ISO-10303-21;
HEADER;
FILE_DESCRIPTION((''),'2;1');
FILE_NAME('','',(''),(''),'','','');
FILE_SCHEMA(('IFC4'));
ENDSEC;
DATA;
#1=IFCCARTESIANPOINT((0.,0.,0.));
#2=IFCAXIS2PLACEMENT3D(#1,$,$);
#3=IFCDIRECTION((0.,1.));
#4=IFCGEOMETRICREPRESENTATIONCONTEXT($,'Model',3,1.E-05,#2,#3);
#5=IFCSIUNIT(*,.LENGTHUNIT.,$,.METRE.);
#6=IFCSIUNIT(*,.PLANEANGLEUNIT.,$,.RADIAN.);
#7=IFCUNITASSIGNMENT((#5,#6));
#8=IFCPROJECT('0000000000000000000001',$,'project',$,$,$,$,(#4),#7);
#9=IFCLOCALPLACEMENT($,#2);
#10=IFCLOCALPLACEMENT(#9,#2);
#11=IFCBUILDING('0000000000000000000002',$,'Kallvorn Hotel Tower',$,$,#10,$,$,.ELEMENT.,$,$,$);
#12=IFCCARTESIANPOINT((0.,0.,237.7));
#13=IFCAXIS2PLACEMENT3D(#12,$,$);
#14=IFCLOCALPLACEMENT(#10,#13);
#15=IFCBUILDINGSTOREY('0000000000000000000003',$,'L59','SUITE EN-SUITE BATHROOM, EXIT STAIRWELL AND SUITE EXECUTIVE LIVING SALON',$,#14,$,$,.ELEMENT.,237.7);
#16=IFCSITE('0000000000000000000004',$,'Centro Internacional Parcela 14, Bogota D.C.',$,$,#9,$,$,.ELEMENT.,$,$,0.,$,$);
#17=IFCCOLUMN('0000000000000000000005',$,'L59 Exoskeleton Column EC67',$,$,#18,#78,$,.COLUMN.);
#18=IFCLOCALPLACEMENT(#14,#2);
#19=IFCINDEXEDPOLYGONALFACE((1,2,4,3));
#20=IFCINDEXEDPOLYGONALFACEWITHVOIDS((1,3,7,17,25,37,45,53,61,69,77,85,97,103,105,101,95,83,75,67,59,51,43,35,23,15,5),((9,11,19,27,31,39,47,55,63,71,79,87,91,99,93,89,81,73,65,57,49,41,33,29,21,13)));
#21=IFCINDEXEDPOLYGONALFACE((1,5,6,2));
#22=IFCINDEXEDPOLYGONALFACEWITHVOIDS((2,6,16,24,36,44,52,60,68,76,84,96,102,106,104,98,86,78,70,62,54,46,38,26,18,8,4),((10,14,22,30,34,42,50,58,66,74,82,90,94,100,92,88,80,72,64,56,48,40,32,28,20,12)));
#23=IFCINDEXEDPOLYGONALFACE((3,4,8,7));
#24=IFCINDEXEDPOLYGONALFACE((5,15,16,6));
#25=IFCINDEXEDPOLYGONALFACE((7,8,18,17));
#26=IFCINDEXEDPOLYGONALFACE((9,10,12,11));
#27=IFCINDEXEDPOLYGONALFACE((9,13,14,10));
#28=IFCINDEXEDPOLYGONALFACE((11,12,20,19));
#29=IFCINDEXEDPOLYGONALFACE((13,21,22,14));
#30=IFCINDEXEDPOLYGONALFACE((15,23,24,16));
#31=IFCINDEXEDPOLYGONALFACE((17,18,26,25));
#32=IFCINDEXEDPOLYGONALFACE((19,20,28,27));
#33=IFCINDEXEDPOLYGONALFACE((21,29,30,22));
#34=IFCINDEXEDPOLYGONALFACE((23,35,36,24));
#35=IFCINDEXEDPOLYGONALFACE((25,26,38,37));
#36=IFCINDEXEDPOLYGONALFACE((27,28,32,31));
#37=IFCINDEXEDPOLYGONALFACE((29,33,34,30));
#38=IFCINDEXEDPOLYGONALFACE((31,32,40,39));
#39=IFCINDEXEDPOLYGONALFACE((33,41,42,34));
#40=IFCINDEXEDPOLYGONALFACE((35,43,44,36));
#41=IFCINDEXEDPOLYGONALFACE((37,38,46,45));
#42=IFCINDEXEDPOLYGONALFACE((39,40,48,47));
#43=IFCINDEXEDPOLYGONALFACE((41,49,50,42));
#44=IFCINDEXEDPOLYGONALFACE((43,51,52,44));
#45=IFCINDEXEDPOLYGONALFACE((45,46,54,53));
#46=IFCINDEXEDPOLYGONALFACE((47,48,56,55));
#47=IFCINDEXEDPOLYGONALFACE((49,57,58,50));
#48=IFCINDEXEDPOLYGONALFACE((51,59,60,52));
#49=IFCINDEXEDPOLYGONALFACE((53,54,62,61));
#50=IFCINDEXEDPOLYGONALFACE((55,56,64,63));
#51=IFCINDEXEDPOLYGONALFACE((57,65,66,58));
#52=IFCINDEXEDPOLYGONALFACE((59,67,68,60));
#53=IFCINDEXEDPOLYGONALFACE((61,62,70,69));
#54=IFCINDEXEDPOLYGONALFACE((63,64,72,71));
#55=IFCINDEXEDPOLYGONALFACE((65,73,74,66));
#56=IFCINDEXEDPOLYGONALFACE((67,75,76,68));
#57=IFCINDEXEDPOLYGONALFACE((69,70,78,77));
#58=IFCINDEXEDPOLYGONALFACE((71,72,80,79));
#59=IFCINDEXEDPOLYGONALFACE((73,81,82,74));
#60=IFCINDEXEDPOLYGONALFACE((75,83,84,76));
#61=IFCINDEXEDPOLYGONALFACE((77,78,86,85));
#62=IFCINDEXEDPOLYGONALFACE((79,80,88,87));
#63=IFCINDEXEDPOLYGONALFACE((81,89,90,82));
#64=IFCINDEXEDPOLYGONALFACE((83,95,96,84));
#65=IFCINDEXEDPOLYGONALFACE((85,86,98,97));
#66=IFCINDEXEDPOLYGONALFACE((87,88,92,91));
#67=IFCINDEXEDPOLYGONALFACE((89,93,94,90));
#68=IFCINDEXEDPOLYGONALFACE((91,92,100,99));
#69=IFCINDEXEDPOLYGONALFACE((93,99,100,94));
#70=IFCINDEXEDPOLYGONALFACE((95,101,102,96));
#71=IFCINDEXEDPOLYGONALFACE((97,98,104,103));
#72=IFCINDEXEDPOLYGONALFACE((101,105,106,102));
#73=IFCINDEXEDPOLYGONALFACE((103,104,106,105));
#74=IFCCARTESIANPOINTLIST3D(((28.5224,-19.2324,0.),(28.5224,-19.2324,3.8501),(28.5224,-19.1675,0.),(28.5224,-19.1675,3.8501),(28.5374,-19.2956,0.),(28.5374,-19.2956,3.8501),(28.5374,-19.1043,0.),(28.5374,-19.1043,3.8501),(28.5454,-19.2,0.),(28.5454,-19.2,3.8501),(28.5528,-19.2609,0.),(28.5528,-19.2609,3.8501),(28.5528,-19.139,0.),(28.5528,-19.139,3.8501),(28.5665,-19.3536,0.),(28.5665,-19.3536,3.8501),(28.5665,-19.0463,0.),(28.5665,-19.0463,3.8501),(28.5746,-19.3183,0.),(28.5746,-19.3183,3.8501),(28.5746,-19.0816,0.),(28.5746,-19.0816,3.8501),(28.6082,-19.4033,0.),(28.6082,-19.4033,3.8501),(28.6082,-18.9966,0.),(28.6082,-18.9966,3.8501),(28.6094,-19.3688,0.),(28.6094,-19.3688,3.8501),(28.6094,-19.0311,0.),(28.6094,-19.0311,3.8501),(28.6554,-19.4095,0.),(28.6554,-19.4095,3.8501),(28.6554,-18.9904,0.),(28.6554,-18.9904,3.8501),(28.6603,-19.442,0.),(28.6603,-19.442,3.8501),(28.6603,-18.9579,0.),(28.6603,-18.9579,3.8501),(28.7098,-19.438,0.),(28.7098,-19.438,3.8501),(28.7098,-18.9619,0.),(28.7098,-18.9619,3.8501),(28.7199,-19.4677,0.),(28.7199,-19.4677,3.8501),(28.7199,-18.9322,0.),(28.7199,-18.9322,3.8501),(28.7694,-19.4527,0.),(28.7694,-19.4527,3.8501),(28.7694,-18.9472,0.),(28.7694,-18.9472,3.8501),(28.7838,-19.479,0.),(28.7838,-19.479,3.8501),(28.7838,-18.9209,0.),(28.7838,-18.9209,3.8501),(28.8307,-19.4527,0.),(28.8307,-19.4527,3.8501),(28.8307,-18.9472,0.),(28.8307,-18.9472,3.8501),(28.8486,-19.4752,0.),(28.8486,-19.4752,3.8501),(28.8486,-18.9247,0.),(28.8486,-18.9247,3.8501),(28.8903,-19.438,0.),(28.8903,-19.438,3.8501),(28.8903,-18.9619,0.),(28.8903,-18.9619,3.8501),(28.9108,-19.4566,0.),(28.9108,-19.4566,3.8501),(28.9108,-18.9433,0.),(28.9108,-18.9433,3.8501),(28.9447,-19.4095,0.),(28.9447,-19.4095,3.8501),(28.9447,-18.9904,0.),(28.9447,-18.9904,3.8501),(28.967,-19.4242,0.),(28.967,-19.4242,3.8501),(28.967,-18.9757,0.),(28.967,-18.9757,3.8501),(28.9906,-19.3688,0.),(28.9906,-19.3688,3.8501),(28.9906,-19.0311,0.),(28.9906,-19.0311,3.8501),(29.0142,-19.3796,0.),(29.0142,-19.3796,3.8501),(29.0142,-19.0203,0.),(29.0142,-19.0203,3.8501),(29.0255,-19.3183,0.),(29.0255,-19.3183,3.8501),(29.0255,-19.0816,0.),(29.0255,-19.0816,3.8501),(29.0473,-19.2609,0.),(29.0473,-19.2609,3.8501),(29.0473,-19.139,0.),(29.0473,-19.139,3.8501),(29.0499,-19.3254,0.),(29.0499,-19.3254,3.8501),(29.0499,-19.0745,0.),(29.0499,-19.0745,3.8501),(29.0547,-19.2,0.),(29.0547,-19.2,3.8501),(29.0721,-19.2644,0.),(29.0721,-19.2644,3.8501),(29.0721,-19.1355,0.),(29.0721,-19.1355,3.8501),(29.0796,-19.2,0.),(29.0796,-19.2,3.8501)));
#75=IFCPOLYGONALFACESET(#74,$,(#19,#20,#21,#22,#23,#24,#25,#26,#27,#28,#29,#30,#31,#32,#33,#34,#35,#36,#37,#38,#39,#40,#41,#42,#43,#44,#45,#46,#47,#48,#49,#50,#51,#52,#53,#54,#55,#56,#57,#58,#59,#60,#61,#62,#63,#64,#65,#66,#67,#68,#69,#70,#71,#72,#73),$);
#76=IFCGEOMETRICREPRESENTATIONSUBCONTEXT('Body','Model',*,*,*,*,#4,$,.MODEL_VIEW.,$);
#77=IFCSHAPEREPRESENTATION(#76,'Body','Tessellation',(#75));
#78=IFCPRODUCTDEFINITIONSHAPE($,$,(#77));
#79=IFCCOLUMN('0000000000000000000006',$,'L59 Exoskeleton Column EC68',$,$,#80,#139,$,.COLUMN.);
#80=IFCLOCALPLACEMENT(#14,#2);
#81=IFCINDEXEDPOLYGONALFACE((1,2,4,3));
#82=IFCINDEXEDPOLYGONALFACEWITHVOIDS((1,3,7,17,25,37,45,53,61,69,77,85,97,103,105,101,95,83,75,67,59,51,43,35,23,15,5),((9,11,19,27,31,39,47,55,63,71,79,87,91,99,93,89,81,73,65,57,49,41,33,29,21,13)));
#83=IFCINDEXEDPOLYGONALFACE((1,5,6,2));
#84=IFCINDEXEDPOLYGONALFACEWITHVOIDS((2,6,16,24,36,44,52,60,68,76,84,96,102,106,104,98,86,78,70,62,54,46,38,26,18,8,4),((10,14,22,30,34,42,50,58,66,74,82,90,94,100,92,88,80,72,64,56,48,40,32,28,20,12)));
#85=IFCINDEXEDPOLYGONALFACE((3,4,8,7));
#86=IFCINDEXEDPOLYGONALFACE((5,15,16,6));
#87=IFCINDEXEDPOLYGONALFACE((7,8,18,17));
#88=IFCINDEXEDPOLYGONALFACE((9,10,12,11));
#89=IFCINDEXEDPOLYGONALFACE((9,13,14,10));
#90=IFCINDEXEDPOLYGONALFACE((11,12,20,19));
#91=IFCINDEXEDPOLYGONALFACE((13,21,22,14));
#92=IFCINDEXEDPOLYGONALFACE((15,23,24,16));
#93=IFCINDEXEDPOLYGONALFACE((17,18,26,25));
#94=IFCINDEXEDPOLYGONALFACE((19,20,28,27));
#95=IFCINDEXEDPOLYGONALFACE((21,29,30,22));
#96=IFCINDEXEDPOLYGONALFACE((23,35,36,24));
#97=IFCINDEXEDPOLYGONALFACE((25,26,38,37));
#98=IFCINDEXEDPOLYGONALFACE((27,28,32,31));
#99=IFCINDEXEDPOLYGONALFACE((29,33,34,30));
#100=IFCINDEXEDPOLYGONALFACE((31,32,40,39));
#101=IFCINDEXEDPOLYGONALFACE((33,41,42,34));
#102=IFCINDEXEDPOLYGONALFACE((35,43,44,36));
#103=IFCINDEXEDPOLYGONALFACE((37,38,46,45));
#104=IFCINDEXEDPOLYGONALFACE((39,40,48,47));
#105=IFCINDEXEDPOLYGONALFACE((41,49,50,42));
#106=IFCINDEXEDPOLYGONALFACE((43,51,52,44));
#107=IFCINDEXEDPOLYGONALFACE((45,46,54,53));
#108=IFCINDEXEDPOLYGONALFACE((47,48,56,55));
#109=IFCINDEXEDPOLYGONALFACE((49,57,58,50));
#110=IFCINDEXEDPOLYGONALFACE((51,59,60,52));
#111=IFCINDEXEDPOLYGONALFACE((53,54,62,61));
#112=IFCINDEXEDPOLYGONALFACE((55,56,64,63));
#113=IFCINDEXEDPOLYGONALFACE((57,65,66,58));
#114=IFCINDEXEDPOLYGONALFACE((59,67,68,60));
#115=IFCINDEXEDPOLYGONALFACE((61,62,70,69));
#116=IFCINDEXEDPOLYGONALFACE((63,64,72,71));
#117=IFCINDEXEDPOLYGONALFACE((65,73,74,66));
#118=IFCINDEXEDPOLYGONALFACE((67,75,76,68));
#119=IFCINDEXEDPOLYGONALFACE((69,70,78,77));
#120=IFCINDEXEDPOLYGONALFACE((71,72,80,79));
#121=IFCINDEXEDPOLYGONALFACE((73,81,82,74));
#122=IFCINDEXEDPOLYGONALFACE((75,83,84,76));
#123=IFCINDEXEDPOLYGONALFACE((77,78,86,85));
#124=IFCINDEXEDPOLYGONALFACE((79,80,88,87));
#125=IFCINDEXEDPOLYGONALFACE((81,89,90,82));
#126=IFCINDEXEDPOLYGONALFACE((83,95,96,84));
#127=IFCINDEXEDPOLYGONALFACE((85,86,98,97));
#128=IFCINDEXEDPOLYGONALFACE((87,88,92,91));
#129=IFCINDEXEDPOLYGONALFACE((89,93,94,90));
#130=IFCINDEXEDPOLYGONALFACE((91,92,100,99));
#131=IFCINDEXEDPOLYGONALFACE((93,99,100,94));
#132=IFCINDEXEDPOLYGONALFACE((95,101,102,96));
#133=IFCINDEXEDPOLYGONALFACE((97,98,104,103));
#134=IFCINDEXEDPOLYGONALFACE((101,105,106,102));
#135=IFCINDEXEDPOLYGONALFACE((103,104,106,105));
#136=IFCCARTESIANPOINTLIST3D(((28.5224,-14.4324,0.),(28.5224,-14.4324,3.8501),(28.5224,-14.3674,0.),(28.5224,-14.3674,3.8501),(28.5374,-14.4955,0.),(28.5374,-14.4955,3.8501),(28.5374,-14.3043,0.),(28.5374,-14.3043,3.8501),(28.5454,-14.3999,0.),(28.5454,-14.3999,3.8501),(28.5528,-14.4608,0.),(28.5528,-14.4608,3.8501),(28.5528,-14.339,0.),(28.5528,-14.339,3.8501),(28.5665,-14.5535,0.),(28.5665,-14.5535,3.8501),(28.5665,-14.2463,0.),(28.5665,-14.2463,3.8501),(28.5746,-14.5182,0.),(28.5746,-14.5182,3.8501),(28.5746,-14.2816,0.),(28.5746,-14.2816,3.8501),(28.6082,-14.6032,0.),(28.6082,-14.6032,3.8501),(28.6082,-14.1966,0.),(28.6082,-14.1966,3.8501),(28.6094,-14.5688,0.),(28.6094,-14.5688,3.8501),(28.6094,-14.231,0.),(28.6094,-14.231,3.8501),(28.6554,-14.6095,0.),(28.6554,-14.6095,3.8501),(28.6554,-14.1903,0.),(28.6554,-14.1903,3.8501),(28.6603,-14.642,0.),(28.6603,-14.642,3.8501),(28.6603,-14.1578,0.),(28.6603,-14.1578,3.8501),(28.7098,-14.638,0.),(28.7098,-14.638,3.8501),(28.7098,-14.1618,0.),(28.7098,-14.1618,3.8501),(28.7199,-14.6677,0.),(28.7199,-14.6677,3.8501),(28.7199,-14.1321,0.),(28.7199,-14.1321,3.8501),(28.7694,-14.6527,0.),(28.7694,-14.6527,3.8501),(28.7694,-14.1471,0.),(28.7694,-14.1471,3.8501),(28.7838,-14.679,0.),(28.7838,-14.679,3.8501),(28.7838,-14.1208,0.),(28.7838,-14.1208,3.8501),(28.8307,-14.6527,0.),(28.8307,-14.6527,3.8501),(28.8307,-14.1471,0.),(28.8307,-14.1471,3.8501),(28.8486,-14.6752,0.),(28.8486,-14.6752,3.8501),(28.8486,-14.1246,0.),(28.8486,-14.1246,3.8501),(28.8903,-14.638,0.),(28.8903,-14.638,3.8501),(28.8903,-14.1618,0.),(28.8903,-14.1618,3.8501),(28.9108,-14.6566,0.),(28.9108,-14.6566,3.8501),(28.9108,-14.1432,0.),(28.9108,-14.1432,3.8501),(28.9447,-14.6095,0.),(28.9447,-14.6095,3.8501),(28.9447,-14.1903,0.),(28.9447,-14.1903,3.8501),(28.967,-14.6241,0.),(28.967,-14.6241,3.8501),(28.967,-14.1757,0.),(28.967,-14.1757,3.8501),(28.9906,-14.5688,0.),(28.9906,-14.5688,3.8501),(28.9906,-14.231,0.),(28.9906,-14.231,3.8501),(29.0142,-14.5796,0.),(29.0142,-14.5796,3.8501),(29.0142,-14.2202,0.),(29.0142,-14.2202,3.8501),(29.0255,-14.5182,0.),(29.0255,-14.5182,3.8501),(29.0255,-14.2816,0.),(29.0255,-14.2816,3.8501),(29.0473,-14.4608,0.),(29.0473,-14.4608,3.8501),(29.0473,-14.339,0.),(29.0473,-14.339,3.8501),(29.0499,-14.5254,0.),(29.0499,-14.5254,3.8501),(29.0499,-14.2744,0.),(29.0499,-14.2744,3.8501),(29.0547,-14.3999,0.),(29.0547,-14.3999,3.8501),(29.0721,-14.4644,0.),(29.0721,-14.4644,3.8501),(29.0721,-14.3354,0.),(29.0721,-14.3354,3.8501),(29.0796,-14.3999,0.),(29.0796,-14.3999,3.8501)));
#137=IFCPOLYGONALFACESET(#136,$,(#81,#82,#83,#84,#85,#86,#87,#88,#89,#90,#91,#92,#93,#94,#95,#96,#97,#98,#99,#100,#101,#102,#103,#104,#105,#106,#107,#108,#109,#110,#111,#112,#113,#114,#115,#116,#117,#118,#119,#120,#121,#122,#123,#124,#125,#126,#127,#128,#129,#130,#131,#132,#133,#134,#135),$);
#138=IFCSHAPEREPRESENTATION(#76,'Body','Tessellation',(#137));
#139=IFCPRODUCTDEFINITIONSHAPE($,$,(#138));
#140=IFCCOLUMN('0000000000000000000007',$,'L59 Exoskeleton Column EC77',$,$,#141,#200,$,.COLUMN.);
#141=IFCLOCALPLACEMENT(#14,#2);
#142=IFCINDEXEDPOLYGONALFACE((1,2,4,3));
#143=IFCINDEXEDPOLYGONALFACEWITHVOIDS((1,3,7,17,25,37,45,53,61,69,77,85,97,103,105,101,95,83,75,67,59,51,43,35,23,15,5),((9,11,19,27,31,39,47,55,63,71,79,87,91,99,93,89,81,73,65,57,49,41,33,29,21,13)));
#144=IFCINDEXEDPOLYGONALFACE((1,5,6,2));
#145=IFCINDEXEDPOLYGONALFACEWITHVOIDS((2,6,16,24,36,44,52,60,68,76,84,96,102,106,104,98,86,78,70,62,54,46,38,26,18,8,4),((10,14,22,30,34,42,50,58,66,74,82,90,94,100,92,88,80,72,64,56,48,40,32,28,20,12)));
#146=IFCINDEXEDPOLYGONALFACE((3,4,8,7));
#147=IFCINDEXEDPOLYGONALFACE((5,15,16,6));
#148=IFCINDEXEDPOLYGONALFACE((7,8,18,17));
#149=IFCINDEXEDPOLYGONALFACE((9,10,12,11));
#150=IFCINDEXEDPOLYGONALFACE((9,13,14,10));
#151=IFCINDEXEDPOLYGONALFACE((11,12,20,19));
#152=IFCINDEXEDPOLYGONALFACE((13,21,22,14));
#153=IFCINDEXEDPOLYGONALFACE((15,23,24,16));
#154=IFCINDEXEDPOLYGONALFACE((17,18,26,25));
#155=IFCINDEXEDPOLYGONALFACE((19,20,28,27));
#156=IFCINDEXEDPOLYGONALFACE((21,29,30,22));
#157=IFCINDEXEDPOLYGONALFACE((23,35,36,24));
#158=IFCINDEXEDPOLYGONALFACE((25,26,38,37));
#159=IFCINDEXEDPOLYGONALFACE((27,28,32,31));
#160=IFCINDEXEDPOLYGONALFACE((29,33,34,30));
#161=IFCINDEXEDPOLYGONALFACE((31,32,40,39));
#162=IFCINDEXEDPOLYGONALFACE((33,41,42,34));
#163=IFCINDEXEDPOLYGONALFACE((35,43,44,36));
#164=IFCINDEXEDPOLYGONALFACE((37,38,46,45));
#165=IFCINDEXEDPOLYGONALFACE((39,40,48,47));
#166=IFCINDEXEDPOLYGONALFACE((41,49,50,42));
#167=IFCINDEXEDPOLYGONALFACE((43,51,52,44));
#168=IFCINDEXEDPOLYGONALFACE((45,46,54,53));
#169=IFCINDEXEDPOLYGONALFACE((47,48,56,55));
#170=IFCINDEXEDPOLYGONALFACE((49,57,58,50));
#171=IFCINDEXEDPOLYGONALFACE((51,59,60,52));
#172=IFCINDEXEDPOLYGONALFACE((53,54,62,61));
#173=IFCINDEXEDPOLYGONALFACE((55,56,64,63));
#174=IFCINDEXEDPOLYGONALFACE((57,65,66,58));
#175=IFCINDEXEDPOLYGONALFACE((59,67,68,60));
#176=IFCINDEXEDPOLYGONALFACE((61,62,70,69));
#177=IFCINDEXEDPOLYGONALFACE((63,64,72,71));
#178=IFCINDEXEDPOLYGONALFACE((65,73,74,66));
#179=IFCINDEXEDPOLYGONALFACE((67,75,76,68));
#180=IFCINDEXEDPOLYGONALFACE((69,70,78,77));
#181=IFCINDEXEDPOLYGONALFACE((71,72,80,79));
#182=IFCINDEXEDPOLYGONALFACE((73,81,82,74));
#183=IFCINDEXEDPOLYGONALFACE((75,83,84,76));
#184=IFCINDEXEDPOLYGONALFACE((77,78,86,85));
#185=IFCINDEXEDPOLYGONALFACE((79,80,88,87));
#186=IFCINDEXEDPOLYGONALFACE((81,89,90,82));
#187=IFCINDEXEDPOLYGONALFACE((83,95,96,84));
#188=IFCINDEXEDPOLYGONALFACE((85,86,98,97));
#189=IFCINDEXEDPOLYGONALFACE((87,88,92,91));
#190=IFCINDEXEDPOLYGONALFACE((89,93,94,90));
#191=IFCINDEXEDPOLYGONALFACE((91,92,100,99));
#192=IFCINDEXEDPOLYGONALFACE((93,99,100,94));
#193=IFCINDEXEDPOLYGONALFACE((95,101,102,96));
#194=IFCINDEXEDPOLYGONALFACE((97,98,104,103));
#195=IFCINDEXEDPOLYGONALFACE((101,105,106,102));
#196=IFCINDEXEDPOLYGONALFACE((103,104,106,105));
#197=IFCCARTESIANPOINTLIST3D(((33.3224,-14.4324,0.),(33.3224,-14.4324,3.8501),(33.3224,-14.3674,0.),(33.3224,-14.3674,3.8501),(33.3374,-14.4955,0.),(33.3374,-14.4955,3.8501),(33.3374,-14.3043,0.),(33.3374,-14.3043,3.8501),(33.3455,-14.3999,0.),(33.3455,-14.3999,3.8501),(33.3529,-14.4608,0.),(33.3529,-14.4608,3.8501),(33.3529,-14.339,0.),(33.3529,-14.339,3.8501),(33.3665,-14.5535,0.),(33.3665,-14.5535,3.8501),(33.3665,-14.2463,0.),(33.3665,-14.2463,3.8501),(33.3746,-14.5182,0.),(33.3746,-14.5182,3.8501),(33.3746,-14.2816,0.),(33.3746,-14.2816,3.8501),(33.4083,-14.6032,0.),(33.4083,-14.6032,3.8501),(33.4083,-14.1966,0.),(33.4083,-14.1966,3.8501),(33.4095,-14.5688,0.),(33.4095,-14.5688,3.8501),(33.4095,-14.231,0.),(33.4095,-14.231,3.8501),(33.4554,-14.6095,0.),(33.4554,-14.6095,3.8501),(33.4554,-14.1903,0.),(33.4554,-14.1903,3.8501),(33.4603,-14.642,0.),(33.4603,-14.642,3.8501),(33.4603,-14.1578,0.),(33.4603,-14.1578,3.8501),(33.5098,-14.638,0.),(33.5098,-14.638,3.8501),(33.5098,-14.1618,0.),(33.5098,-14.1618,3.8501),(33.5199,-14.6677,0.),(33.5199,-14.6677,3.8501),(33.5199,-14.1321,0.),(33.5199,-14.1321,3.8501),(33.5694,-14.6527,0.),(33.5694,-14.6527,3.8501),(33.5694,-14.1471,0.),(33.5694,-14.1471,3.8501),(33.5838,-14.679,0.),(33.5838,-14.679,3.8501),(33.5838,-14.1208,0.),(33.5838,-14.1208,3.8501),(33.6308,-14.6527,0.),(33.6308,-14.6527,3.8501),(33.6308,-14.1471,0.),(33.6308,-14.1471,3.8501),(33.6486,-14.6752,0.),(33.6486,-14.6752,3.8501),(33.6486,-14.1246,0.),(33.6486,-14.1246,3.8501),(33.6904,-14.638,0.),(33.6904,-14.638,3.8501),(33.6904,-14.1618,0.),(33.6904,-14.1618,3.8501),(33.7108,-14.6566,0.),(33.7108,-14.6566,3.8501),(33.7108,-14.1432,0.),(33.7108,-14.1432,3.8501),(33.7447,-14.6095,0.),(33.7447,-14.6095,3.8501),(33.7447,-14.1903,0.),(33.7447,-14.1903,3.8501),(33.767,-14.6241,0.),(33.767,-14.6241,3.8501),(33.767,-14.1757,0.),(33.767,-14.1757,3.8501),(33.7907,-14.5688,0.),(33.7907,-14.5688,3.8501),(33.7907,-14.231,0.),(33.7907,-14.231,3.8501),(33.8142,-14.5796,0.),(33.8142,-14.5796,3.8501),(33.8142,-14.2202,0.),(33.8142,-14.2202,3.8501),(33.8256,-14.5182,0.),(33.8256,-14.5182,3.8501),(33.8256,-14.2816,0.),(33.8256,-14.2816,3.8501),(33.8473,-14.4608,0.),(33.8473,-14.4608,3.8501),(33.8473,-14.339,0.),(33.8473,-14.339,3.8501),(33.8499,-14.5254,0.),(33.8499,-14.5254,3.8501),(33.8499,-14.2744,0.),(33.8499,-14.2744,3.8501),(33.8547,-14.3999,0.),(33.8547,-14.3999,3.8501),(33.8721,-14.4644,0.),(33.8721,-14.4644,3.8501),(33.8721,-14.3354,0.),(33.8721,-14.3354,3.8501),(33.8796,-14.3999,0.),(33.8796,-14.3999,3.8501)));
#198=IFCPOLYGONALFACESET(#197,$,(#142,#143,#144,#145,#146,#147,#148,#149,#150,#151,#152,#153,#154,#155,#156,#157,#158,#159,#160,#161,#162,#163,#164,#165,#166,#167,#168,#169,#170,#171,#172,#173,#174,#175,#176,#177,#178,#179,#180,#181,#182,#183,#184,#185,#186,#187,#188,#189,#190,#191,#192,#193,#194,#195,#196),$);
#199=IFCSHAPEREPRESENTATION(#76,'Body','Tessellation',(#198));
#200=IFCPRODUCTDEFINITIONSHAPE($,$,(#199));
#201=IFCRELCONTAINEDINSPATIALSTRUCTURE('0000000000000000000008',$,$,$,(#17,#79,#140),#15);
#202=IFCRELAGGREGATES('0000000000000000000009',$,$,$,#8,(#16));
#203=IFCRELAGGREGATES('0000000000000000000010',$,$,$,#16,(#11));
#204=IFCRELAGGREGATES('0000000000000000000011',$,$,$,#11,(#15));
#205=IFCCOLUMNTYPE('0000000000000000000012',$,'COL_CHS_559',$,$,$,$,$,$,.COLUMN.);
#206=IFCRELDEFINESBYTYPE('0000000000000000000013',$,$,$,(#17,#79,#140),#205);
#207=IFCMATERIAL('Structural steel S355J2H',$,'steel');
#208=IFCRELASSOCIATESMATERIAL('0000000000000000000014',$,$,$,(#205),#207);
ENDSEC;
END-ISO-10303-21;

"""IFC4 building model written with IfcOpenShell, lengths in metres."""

from ifc_helpers import new_model, si_unit, direction, frame, origin, origin_2d, place, context, subcontext, project, spatial, hollow_circle, extrude, material, material_profile, profile_set, type_object, element, save


model = new_model("IFC4")

# Units and contexts
model_context = context("Model", 3, precision=1e-05, world=origin(), true_north=direction((0.0, 1.0)))
body_context = subcontext(model_context, "Body", "Model", "MODEL_VIEW")
ifc_project = project(units=[si_unit("LENGTHUNIT", "METRE"), si_unit("PLANEANGLEUNIT", "RADIAN")], contexts=[model_context])

# Site, building, storey
site_placement = place(None, origin())
site = spatial("IfcSite", under=ifc_project, at=site_placement, Name="Centro Internacional Parcela 14, Bogota D.C.", CompositionType="ELEMENT", RefElevation=0.0)
building_placement = place(site_placement, origin())
building = spatial("IfcBuilding", under=site, at=building_placement, Name="Kallvorn Hotel Tower", CompositionType="ELEMENT")
storey_placement = place(building_placement, frame((0.0, 0.0, 237.7)))
storey = spatial("IfcBuildingStorey", under=building, at=storey_placement, Name="L59", Description="SUITE EN-SUITE BATHROOM, EXIT STAIRWELL AND SUITE EXECUTIVE LIVING SALON", CompositionType="ELEMENT", Elevation=237.7)

# Columns
ifc_material_1 = material(Name="Structural steel S355J2H", Category="steel")
ifc_material_profile_1 = material_profile(ifc_material_1, hollow_circle(Radius=0.2795, WallThickness=0.0249, at=origin_2d()), Name="CHS 559x25")
ifc_profile_set_1 = profile_set([ifc_material_profile_1], Name="Structural steel S355J2H")
column_type_1 = type_object("IfcColumnType", Name="COL_CHS_559", PredefinedType="COLUMN", material=ifc_profile_set_1)
for number, where, z_axis, x_axis, name in (
    (1, (28.8, -19.2, 0.0), (0.0, 0.0, 1.0), (1.0, 0.0, 0.0), "L59 Exoskeleton Column EC67"),
    (2, (28.8, -14.3999, 0.0), (0.0, 0.0, 1.0), (1.0, 0.0, 0.0), "L59 Exoskeleton Column EC68"),
    (3, (33.6001, -14.3999, 0.0), (0.0, 0.0, 1.0), (1.0, 0.0, 0.0), "L59 Exoskeleton Column EC77"),
):
    element("IfcColumn", number, at=place(storey_placement, frame(where, z_axis=z_axis, x_axis=x_axis)), inside=storey, type_object=column_type_1, Name=name, PredefinedType="COLUMN", context=body_context, shape_type="SweptSolid", body=[
        extrude(hollow_circle(Radius=0.2795, WallThickness=0.0249, at=origin_2d()), origin(), (0.0, 0.0, 1.0), 3.8501),
    ])

save(model, "model.ifc")
